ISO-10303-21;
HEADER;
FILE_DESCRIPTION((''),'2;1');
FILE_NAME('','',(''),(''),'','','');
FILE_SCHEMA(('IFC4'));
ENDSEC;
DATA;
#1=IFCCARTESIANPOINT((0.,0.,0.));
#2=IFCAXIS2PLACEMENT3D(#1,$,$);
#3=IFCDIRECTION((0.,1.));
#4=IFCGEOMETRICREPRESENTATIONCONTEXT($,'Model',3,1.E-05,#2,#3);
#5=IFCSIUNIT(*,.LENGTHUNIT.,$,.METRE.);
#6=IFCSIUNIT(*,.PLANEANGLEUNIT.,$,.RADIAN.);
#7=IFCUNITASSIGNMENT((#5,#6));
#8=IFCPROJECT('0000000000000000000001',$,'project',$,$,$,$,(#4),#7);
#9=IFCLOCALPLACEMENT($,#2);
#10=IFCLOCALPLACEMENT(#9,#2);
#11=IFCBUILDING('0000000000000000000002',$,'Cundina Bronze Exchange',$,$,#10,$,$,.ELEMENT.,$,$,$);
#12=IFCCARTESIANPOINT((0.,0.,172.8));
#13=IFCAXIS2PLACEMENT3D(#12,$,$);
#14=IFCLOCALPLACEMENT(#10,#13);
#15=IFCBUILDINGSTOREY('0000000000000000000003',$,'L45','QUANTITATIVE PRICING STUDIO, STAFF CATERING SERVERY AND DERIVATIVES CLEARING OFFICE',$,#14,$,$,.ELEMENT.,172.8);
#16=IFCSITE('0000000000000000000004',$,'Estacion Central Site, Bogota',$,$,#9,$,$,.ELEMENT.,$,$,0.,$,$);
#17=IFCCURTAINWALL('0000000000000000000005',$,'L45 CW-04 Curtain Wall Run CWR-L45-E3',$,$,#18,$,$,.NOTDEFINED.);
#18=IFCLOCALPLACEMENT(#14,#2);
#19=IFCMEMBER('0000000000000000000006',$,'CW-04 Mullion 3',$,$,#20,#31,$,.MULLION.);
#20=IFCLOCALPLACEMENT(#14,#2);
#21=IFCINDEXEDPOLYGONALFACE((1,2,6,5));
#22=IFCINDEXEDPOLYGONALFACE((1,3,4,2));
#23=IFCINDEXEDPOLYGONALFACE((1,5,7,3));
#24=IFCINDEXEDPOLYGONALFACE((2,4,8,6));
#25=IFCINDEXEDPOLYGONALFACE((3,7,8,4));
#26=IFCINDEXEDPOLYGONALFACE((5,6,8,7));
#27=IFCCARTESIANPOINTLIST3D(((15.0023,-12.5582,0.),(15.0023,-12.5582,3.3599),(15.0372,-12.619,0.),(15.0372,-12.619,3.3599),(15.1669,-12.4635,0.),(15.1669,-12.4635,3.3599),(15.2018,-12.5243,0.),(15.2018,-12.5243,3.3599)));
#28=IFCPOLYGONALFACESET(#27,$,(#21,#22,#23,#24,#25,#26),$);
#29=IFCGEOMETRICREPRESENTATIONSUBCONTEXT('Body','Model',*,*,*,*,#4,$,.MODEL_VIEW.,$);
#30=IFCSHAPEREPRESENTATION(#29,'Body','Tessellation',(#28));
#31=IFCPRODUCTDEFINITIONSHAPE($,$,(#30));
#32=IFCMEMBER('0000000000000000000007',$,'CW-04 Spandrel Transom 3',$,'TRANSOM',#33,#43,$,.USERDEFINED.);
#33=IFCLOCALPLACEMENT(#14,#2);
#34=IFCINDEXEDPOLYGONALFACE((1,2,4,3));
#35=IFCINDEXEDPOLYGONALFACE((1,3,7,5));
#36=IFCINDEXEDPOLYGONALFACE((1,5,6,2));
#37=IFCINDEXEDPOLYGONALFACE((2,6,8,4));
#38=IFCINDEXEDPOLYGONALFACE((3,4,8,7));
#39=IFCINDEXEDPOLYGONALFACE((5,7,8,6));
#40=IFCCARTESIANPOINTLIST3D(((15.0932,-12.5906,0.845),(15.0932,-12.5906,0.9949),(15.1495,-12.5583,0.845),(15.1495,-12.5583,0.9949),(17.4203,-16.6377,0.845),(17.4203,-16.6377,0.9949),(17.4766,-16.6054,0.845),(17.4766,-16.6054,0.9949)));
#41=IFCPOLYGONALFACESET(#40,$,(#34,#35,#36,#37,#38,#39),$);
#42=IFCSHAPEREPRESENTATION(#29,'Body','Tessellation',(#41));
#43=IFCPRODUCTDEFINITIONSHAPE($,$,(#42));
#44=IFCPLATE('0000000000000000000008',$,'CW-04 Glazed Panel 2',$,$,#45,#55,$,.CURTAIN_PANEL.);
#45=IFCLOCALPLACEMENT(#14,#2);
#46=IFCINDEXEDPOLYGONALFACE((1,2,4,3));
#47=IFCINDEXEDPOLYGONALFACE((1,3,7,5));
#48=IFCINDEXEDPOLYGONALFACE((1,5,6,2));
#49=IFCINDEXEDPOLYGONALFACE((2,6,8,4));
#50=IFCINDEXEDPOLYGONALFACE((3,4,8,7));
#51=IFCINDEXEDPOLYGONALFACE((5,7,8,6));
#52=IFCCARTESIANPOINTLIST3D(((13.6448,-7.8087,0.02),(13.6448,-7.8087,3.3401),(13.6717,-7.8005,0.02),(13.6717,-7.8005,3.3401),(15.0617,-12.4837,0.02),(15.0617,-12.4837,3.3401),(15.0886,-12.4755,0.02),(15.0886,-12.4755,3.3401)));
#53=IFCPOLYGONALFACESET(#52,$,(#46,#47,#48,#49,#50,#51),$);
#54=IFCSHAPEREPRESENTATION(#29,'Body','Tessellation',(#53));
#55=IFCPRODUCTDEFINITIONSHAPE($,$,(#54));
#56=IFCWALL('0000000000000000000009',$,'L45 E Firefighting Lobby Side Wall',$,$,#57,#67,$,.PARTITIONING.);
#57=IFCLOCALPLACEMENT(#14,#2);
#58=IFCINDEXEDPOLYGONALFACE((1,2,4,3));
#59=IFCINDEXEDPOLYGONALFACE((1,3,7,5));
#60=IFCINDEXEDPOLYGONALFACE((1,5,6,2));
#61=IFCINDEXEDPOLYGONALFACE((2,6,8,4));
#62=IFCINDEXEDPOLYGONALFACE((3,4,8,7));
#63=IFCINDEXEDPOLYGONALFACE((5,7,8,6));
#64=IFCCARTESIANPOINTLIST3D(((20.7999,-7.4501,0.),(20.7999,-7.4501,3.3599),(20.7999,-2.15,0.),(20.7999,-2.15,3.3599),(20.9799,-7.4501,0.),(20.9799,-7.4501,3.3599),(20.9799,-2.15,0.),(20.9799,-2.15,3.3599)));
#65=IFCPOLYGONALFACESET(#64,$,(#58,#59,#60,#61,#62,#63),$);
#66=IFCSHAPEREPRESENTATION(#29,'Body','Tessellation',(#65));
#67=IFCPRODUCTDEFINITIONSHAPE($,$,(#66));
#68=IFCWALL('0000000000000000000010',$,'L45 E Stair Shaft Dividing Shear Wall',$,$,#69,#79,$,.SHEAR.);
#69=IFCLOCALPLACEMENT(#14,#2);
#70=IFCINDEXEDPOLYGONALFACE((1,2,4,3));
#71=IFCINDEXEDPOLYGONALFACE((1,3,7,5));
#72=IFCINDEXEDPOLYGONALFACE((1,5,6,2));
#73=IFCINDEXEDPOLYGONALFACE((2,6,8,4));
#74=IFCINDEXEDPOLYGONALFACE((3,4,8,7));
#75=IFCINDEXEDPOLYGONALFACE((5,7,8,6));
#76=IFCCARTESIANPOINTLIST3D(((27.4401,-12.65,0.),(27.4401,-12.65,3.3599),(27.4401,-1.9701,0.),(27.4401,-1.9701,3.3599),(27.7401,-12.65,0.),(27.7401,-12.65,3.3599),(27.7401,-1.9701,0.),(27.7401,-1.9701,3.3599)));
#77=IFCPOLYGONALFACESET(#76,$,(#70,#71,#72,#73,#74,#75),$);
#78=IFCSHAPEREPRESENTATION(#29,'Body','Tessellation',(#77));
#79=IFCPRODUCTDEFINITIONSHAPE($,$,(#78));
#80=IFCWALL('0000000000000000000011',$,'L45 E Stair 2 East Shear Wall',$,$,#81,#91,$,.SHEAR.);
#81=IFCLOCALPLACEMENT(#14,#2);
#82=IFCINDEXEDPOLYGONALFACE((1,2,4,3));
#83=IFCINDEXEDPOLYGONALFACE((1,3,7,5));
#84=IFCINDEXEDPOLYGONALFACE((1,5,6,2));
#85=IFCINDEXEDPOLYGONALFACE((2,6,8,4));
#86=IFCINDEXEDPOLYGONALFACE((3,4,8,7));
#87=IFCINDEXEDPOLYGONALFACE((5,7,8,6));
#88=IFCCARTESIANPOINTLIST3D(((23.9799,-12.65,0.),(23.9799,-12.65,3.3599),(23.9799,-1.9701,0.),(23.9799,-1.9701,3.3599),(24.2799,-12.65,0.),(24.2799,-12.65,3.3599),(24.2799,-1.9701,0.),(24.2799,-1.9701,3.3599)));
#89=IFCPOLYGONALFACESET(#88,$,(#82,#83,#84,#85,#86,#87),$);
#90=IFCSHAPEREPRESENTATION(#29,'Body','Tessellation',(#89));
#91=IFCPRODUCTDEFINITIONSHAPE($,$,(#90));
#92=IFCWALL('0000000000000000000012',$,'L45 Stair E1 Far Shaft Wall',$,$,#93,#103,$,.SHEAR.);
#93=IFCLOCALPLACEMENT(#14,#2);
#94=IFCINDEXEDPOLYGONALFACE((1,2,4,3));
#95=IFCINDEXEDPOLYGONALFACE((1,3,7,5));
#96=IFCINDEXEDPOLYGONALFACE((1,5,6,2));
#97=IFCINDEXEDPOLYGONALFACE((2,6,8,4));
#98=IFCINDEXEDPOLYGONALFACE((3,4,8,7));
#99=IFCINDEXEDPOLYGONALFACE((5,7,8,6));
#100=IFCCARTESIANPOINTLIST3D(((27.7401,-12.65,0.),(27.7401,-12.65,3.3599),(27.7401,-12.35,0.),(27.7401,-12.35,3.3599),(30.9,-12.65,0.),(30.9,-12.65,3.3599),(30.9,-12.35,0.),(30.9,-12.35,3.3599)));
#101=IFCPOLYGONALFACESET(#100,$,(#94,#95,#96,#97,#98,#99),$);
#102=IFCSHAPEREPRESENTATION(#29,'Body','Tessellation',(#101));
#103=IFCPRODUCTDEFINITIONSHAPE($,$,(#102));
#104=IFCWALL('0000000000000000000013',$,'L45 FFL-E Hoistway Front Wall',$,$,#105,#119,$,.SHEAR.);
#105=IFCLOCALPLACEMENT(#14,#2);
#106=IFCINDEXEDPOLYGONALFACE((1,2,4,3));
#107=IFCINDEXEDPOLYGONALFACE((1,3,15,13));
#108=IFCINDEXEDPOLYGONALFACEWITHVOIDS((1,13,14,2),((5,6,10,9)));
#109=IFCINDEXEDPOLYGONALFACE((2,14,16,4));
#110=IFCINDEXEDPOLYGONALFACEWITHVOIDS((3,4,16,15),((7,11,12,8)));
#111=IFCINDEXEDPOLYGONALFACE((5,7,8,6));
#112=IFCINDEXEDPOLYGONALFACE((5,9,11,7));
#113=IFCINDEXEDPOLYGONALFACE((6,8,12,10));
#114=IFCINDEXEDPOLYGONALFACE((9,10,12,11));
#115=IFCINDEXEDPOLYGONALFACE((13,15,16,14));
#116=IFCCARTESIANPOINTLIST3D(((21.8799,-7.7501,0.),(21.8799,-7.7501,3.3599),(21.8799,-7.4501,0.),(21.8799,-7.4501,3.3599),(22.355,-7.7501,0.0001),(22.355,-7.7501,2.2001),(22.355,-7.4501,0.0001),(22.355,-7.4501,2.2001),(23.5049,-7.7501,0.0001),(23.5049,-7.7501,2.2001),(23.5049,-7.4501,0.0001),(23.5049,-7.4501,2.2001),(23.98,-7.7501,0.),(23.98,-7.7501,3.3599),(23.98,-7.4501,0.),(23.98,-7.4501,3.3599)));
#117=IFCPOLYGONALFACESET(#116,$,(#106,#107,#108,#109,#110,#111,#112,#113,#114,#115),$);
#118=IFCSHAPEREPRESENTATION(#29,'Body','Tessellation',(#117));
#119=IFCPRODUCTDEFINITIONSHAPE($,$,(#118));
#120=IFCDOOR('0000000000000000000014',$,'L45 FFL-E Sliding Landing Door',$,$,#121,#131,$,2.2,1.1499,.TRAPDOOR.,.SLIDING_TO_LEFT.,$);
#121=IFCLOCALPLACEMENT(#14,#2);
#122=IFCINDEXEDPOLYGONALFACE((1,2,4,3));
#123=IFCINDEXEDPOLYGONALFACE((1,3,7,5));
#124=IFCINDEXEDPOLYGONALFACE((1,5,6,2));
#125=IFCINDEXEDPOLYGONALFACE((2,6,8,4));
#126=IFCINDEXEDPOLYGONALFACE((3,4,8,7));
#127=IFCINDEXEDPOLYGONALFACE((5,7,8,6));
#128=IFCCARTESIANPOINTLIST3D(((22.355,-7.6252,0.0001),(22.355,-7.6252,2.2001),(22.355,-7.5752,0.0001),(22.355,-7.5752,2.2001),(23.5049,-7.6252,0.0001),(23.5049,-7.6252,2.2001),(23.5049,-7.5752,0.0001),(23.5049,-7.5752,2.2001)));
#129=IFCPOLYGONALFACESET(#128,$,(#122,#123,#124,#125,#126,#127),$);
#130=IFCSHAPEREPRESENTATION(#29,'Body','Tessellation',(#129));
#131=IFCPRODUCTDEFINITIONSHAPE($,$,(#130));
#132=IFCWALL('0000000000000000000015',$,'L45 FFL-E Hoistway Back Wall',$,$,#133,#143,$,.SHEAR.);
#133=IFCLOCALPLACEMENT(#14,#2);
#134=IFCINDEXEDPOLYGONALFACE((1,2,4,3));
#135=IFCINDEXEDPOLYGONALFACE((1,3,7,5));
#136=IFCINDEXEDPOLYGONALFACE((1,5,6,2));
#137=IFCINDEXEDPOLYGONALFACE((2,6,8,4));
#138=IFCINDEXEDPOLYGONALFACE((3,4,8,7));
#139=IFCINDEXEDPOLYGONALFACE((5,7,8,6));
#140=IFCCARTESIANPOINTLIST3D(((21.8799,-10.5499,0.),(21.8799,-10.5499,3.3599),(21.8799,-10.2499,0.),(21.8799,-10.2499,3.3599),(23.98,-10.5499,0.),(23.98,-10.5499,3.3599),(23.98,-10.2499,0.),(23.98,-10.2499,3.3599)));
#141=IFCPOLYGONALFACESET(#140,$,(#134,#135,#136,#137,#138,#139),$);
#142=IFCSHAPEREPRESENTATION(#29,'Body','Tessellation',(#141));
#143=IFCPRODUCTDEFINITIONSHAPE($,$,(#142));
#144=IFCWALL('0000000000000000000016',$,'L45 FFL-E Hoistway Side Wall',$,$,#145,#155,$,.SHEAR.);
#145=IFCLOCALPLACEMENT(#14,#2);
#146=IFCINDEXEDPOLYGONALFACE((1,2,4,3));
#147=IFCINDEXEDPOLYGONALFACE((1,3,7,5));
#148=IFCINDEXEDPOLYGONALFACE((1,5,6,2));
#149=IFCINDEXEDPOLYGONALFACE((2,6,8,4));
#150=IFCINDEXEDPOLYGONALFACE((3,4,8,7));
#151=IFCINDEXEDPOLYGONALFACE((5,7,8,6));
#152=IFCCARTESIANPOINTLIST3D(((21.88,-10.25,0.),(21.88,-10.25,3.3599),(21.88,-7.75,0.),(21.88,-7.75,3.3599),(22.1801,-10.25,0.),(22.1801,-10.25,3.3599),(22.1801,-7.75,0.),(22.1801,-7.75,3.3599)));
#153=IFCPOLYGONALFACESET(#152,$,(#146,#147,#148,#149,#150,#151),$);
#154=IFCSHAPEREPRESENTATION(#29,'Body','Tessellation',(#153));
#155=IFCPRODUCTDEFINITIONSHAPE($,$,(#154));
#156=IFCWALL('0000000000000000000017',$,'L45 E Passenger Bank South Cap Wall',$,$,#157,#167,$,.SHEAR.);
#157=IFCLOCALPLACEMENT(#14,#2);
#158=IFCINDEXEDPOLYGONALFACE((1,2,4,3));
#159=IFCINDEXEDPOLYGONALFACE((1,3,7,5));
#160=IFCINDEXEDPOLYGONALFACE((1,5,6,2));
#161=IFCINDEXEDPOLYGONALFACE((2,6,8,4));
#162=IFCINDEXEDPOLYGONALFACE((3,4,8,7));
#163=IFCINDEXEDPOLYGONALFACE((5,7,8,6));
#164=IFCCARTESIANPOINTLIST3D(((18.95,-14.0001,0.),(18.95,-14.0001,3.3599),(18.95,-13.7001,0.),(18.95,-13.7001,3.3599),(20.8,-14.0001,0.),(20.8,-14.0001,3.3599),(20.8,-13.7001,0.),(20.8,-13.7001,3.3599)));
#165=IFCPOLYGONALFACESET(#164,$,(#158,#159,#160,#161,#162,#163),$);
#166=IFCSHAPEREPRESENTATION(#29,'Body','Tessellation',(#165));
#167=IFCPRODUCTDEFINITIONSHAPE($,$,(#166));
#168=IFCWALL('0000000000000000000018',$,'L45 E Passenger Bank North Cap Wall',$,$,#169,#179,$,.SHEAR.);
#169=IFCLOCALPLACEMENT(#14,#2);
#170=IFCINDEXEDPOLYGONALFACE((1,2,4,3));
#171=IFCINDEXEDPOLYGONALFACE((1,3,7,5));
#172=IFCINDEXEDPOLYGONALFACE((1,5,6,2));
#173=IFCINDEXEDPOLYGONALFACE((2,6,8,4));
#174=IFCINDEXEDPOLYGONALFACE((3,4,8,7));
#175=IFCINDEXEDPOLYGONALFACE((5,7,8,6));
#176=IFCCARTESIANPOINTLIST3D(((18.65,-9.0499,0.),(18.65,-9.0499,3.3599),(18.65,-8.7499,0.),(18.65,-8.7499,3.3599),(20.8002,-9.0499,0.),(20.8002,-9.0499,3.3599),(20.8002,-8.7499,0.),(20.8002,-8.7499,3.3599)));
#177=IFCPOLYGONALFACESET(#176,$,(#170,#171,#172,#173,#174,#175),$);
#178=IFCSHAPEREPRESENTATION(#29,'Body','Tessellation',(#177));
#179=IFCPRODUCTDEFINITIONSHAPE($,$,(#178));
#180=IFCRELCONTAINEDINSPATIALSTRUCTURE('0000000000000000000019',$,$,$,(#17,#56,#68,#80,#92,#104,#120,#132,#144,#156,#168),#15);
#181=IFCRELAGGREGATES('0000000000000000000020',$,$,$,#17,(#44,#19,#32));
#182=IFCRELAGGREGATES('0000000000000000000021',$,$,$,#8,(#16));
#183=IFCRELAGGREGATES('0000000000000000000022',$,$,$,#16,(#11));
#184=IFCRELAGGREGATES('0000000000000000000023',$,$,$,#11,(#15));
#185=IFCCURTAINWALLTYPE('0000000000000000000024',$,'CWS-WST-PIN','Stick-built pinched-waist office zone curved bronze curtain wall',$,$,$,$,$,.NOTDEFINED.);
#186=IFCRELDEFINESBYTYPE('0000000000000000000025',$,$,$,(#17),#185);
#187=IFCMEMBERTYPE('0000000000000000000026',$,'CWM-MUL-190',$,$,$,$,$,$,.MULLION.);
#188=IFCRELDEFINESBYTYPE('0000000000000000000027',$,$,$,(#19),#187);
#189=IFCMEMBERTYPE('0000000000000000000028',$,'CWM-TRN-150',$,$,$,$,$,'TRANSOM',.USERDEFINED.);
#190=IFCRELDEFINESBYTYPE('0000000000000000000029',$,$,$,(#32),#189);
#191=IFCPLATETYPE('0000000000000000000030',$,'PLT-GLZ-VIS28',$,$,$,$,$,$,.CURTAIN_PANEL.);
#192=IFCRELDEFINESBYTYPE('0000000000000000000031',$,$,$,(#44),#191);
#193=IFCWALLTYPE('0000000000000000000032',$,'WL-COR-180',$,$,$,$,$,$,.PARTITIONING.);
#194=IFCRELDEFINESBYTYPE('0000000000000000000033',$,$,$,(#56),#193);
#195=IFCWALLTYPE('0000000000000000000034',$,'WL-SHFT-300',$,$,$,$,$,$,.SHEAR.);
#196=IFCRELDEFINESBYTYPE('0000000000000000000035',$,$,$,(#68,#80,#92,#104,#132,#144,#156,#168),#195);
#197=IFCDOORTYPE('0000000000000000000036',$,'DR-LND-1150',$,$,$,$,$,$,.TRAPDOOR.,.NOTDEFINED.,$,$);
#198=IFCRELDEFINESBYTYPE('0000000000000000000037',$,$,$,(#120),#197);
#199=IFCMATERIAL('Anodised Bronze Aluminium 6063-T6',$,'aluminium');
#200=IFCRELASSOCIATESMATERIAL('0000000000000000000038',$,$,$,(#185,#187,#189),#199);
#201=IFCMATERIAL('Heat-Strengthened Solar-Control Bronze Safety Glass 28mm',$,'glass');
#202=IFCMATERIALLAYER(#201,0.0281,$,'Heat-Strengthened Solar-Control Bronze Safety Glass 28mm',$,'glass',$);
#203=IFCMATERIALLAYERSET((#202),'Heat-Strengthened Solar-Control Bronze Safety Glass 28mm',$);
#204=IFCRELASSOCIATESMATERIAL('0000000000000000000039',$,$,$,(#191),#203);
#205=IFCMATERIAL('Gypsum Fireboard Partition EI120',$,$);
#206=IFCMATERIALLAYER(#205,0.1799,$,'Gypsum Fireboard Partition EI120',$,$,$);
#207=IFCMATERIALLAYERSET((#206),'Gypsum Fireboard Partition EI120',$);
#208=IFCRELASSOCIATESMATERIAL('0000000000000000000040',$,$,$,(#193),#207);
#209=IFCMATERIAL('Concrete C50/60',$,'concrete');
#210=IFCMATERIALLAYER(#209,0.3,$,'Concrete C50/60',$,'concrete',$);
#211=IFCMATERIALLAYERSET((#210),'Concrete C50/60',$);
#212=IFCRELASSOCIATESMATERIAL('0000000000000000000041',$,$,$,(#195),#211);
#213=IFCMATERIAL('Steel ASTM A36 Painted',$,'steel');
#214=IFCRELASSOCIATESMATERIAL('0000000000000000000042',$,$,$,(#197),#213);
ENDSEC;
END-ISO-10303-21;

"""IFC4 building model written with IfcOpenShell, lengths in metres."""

from ifc_helpers import new_model, si_unit, direction, frame, frame_2d, origin, origin_2d, place, context, subcontext, project, spatial, rectangle, extrude, material, layer, layer_set, material_profile, profile_set, type_object, element, fill, aggregate, save


model = new_model("IFC4")

# Units and contexts
model_context = context("Model", 3, precision=1e-05, world=origin(), true_north=direction((0.0, 1.0)))
body_context = subcontext(model_context, "Body", "Model", "MODEL_VIEW")
ifc_project = project(units=[si_unit("LENGTHUNIT", "METRE"), si_unit("PLANEANGLEUNIT", "RADIAN")], contexts=[model_context])

# Site, building, storey
site_placement = place(None, origin())
site = spatial("IfcSite", under=ifc_project, at=site_placement, Name="Estacion Central Site, Bogota", CompositionType="ELEMENT", RefElevation=0.0)
building_placement = place(site_placement, origin())
building = spatial("IfcBuilding", under=site, at=building_placement, Name="Cundina Bronze Exchange", CompositionType="ELEMENT")
storey_placement = place(building_placement, frame((0.0, 0.0, 172.8)))
storey = spatial("IfcBuildingStorey", under=building, at=storey_placement, Name="L45", Description="QUANTITATIVE PRICING STUDIO, STAFF CATERING SERVERY AND DERIVATIVES CLEARING OFFICE", CompositionType="ELEMENT", Elevation=172.8)

# Shared definitions
ifc_material_1 = material(Name="Concrete C50/60", Category="concrete")

# Curtain wall, members, plate
ifc_material_2 = material(Name="Anodised Bronze Aluminium 6063-T6", Category="aluminium")
curtain_wall_type = type_object("IfcCurtainWallType", Name="CWS-WST-PIN", Description="Stick-built pinched-waist office zone curved bronze curtain wall", PredefinedType="NOTDEFINED", material=ifc_material_2)
curtain_wall_placement = place(storey_placement, origin())
curtain_wall = element("IfcCurtainWall", 1, at=curtain_wall_placement, inside=storey, type_object=curtain_wall_type, Name="L45 CW-04 Curtain Wall Run CWR-L45-E3", PredefinedType="NOTDEFINED")
ifc_material_profile_1 = material_profile(ifc_material_2, rectangle(XDim=0.0701, YDim=0.1899, at=origin_2d()), Name="AL70X190", Category="aluminium")
ifc_profile_set_1 = profile_set([ifc_material_profile_1], Name="Anodised Bronze Aluminium 6063-T6")
member_type_1 = type_object("IfcMemberType", Name="CWM-MUL-190", PredefinedType="MULLION", material=ifc_profile_set_1)
member_1_placement = place(storey_placement, frame((15.1021, -12.5413, 0.0), z_axis=(0.0, 0.0, 1.0), x_axis=(0.498488, -0.866897, 0.0)))
member_1 = element("IfcMember", 2, at=member_1_placement, type_object=member_type_1, Name="CW-04 Mullion 3", PredefinedType="MULLION", context=body_context, shape_type="SweptSolid", body=[
    extrude(rectangle(XDim=0.0701, YDim=0.1899, at=origin_2d()), origin(), (0.0, 0.0, 1.0), 3.3599),
])
ifc_material_profile_2 = material_profile(ifc_material_2, rectangle(XDim=0.0649, YDim=0.1499, at=origin_2d()), Name="AL65X150", Category="aluminium")
ifc_profile_set_2 = profile_set([ifc_material_profile_2], Name="Anodised Bronze Aluminium 6063-T6")
member_type_2 = type_object("IfcMemberType", Name="CWM-TRN-150", ElementType="TRANSOM", PredefinedType="USERDEFINED", material=ifc_profile_set_2)
member_2_placement = place(storey_placement, frame((15.1213, -12.5745, 0.9199), z_axis=(0.49848, -0.866901, 0.0), x_axis=(0.866901, 0.49848, 0.0)))
member_2 = element("IfcMember", 3, at=member_2_placement, type_object=member_type_2, Name="CW-04 Spandrel Transom 3", ObjectType="TRANSOM", PredefinedType="USERDEFINED", context=body_context, shape_type="SweptSolid", body=[
    extrude(rectangle(XDim=0.0649, YDim=0.1499, at=origin_2d()), origin(), (0.0, 0.0, 1.0), 4.6685),
])
ifc_material_3 = material(Name="Heat-Strengthened Solar-Control Bronze Safety Glass 28mm", Category="glass")
ifc_layer_1 = layer(ifc_material_3, 0.0281, Name="Heat-Strengthened Solar-Control Bronze Safety Glass 28mm", Category="glass")
ifc_layer_set_1 = layer_set([ifc_layer_1], Name="Heat-Strengthened Solar-Control Bronze Safety Glass 28mm")
plate_type = type_object("IfcPlateType", Name="PLT-GLZ-VIS28", PredefinedType="CURTAIN_PANEL", material=ifc_layer_set_1)
plate_placement = place(storey_placement, frame((14.3667, -10.1421, 0.02), z_axis=(0.0, 0.0, 1.0), x_axis=(0.290051, -0.957011, 0.0)))
plate = element("IfcPlate", 4, at=plate_placement, type_object=plate_type, Name="CW-04 Glazed Panel 2", PredefinedType="CURTAIN_PANEL", context=body_context, shape_type="SweptSolid", body=[
    extrude(rectangle(XDim=4.885, YDim=0.0281, at=origin_2d()), origin(), (0.0, 0.0, 1.0), 3.3201),
])
aggregate(curtain_wall, [plate, member_1, member_2])

# Walls
ifc_material_4 = material(Name="Gypsum Fireboard Partition EI120")
ifc_layer_2 = layer(ifc_material_4, 0.1799, Name="Gypsum Fireboard Partition EI120")
ifc_layer_set_2 = layer_set([ifc_layer_2], Name="Gypsum Fireboard Partition EI120")
wall_type_1 = type_object("IfcWallType", Name="WL-COR-180", PredefinedType="PARTITIONING", material=ifc_layer_set_2)
wall_1_placement = place(storey_placement, frame((20.8899, -7.45, 0.0), z_axis=(0.0, 0.0, 1.0), x_axis=(0.0, 1.0, 0.0)))
element("IfcWall", 5, at=wall_1_placement, inside=storey, type_object=wall_type_1, Name="L45 E Firefighting Lobby Side Wall", PredefinedType="PARTITIONING", context=body_context, shape_type="SweptSolid", body=[
    extrude(rectangle(XDim=5.3, YDim=0.1799, at=frame_2d((2.6499, 0.0))), origin(), (0.0, 0.0, 1.0), 3.3599),
])
ifc_layer_3 = layer(ifc_material_1, 0.3, Name="Concrete C50/60", Category="concrete")
ifc_layer_set_3 = layer_set([ifc_layer_3], Name="Concrete C50/60")
wall_type_2 = type_object("IfcWallType", Name="WL-SHFT-300", PredefinedType="SHEAR", material=ifc_layer_set_3)
for number, where, z_axis, x_axis, name in (
    (6, (27.5901, -12.6499, 0.0), (0.0, 0.0, 1.0), (0.0, 1.0, 0.0), "L45 E Stair Shaft Dividing Shear Wall"),
    (7, (24.1299, -12.6499, 0.0), (0.0, 0.0, 1.0), (0.0, 1.0, 0.0), "L45 E Stair 2 East Shear Wall"),
):
    element("IfcWall", number, at=place(storey_placement, frame(where, z_axis=z_axis, x_axis=x_axis)), inside=storey, type_object=wall_type_2, Name=name, PredefinedType="SHEAR", context=body_context, shape_type="SweptSolid", body=[
        extrude(rectangle(XDim=10.6799, YDim=0.3, at=frame_2d((5.3398, 0.0))), origin(), (0.0, 0.0, 1.0), 3.3599),
    ])
wall_2_placement = place(storey_placement, frame((27.74, -12.5, 0.0), z_axis=(0.0, 0.0, 1.0), x_axis=(1.0, 0.0, 0.0)))
element("IfcWall", 8, at=wall_2_placement, inside=storey, type_object=wall_type_2, Name="L45 Stair E1 Far Shaft Wall", PredefinedType="SHEAR", context=body_context, shape_type="SweptSolid", body=[
    extrude(rectangle(XDim=3.1599, YDim=0.3, at=frame_2d((1.5801, 0.0))), origin(), (0.0, 0.0, 1.0), 3.3599),
])

# Wall, opening, door
ifc_material_5 = material(Name="Steel ASTM A36 Painted", Category="steel")
wall_3_placement = place(storey_placement, frame((21.8799, -7.6001, 0.0), z_axis=(0.0, 0.0, 1.0), x_axis=(1.0, 0.0, 0.0)))
wall_3 = element("IfcWall", 9, at=wall_3_placement, inside=storey, type_object=wall_type_2, Name="L45 FFL-E Hoistway Front Wall", PredefinedType="SHEAR", context=body_context, shape_type="SweptSolid", body=[
    extrude(rectangle(XDim=2.1001, YDim=0.3, at=frame_2d((1.05, 0.0))), origin(), (0.0, 0.0, 1.0), 3.3599),
])
opening_1_placement = place(wall_3_placement, frame((0.4751, 0.0, 0.0)))
opening_1 = element("IfcOpeningElement", 10, at=opening_1_placement, cuts=wall_3, PredefinedType="OPENING", context=body_context, shape_type="SweptSolid", body=[
    extrude(rectangle(XDim=1.1499, YDim=2.2, at=frame_2d((0.575, 1.1001))), frame((0.0, 0.1599, 0.0), z_axis=(0.0, -1.0, 0.0), x_axis=(1.0, 0.0, 0.0)), (0.0, 0.0, 1.0), 0.3201),
])
door_type_1 = type_object("IfcDoorType", Name="DR-LND-1150", OperationType="NOTDEFINED", PredefinedType="TRAPDOOR", material=ifc_material_5)
door_1_placement = place(opening_1_placement, origin())
door_1 = element("IfcDoor", 11, at=door_1_placement, inside=storey, type_object=door_type_1, Name="L45 FFL-E Sliding Landing Door", OperationType="SLIDING_TO_LEFT", OverallHeight=2.2, OverallWidth=1.1499, PredefinedType="TRAPDOOR", context=body_context, shape_type="SweptSolid", body=[
    extrude(rectangle(XDim=1.1499, YDim=2.2, at=frame_2d((0.575, 1.1001))), frame((0.0, 0.0249, 0.0), z_axis=(0.0, -1.0, 0.0), x_axis=(1.0, 0.0, 0.0)), (0.0, 0.0, 1.0), 0.05),
])
fill(opening_1, door_1)

# Walls
wall_4_placement = place(storey_placement, frame((21.8799, -10.3999, 0.0), z_axis=(0.0, 0.0, 1.0), x_axis=(1.0, 0.0, 0.0)))
element("IfcWall", 12, at=wall_4_placement, inside=storey, type_object=wall_type_2, Name="L45 FFL-E Hoistway Back Wall", PredefinedType="SHEAR", context=body_context, shape_type="SweptSolid", body=[
    extrude(rectangle(XDim=2.1001, YDim=0.3, at=frame_2d((1.05, 0.0))), origin(), (0.0, 0.0, 1.0), 3.3599),
])
wall_5_placement = place(storey_placement, frame((22.03, -10.25, 0.0), z_axis=(0.0, 0.0, 1.0), x_axis=(0.0, 1.0, 0.0)))
element("IfcWall", 13, at=wall_5_placement, inside=storey, type_object=wall_type_2, Name="L45 FFL-E Hoistway Side Wall", PredefinedType="SHEAR", context=body_context, shape_type="SweptSolid", body=[
    extrude(rectangle(XDim=2.5, YDim=0.3, at=frame_2d((1.25, 0.0))), origin(), (0.0, 0.0, 1.0), 3.3599),
])
wall_6_placement = place(storey_placement, frame((18.95, -13.8501, 0.0), z_axis=(0.0, 0.0, 1.0), x_axis=(1.0, 0.0, 0.0)))
element("IfcWall", 14, at=wall_6_placement, inside=storey, type_object=wall_type_2, Name="L45 E Passenger Bank South Cap Wall", PredefinedType="SHEAR", context=body_context, shape_type="SweptSolid", body=[
    extrude(rectangle(XDim=1.8501, YDim=0.3, at=frame_2d((0.925, 0.0))), origin(), (0.0, 0.0, 1.0), 3.3599),
])
wall_7_placement = place(storey_placement, frame((18.6499, -8.8999, 0.0), z_axis=(0.0, 0.0, 1.0), x_axis=(1.0, 0.0, 0.0)))
element("IfcWall", 15, at=wall_7_placement, inside=storey, type_object=wall_type_2, Name="L45 E Passenger Bank North Cap Wall", PredefinedType="SHEAR", context=body_context, shape_type="SweptSolid", body=[
    extrude(rectangle(XDim=2.1501, YDim=0.3, at=frame_2d((1.0752, 0.0))), origin(), (0.0, 0.0, 1.0), 3.3599),
])

save(model, "model.ifc")
